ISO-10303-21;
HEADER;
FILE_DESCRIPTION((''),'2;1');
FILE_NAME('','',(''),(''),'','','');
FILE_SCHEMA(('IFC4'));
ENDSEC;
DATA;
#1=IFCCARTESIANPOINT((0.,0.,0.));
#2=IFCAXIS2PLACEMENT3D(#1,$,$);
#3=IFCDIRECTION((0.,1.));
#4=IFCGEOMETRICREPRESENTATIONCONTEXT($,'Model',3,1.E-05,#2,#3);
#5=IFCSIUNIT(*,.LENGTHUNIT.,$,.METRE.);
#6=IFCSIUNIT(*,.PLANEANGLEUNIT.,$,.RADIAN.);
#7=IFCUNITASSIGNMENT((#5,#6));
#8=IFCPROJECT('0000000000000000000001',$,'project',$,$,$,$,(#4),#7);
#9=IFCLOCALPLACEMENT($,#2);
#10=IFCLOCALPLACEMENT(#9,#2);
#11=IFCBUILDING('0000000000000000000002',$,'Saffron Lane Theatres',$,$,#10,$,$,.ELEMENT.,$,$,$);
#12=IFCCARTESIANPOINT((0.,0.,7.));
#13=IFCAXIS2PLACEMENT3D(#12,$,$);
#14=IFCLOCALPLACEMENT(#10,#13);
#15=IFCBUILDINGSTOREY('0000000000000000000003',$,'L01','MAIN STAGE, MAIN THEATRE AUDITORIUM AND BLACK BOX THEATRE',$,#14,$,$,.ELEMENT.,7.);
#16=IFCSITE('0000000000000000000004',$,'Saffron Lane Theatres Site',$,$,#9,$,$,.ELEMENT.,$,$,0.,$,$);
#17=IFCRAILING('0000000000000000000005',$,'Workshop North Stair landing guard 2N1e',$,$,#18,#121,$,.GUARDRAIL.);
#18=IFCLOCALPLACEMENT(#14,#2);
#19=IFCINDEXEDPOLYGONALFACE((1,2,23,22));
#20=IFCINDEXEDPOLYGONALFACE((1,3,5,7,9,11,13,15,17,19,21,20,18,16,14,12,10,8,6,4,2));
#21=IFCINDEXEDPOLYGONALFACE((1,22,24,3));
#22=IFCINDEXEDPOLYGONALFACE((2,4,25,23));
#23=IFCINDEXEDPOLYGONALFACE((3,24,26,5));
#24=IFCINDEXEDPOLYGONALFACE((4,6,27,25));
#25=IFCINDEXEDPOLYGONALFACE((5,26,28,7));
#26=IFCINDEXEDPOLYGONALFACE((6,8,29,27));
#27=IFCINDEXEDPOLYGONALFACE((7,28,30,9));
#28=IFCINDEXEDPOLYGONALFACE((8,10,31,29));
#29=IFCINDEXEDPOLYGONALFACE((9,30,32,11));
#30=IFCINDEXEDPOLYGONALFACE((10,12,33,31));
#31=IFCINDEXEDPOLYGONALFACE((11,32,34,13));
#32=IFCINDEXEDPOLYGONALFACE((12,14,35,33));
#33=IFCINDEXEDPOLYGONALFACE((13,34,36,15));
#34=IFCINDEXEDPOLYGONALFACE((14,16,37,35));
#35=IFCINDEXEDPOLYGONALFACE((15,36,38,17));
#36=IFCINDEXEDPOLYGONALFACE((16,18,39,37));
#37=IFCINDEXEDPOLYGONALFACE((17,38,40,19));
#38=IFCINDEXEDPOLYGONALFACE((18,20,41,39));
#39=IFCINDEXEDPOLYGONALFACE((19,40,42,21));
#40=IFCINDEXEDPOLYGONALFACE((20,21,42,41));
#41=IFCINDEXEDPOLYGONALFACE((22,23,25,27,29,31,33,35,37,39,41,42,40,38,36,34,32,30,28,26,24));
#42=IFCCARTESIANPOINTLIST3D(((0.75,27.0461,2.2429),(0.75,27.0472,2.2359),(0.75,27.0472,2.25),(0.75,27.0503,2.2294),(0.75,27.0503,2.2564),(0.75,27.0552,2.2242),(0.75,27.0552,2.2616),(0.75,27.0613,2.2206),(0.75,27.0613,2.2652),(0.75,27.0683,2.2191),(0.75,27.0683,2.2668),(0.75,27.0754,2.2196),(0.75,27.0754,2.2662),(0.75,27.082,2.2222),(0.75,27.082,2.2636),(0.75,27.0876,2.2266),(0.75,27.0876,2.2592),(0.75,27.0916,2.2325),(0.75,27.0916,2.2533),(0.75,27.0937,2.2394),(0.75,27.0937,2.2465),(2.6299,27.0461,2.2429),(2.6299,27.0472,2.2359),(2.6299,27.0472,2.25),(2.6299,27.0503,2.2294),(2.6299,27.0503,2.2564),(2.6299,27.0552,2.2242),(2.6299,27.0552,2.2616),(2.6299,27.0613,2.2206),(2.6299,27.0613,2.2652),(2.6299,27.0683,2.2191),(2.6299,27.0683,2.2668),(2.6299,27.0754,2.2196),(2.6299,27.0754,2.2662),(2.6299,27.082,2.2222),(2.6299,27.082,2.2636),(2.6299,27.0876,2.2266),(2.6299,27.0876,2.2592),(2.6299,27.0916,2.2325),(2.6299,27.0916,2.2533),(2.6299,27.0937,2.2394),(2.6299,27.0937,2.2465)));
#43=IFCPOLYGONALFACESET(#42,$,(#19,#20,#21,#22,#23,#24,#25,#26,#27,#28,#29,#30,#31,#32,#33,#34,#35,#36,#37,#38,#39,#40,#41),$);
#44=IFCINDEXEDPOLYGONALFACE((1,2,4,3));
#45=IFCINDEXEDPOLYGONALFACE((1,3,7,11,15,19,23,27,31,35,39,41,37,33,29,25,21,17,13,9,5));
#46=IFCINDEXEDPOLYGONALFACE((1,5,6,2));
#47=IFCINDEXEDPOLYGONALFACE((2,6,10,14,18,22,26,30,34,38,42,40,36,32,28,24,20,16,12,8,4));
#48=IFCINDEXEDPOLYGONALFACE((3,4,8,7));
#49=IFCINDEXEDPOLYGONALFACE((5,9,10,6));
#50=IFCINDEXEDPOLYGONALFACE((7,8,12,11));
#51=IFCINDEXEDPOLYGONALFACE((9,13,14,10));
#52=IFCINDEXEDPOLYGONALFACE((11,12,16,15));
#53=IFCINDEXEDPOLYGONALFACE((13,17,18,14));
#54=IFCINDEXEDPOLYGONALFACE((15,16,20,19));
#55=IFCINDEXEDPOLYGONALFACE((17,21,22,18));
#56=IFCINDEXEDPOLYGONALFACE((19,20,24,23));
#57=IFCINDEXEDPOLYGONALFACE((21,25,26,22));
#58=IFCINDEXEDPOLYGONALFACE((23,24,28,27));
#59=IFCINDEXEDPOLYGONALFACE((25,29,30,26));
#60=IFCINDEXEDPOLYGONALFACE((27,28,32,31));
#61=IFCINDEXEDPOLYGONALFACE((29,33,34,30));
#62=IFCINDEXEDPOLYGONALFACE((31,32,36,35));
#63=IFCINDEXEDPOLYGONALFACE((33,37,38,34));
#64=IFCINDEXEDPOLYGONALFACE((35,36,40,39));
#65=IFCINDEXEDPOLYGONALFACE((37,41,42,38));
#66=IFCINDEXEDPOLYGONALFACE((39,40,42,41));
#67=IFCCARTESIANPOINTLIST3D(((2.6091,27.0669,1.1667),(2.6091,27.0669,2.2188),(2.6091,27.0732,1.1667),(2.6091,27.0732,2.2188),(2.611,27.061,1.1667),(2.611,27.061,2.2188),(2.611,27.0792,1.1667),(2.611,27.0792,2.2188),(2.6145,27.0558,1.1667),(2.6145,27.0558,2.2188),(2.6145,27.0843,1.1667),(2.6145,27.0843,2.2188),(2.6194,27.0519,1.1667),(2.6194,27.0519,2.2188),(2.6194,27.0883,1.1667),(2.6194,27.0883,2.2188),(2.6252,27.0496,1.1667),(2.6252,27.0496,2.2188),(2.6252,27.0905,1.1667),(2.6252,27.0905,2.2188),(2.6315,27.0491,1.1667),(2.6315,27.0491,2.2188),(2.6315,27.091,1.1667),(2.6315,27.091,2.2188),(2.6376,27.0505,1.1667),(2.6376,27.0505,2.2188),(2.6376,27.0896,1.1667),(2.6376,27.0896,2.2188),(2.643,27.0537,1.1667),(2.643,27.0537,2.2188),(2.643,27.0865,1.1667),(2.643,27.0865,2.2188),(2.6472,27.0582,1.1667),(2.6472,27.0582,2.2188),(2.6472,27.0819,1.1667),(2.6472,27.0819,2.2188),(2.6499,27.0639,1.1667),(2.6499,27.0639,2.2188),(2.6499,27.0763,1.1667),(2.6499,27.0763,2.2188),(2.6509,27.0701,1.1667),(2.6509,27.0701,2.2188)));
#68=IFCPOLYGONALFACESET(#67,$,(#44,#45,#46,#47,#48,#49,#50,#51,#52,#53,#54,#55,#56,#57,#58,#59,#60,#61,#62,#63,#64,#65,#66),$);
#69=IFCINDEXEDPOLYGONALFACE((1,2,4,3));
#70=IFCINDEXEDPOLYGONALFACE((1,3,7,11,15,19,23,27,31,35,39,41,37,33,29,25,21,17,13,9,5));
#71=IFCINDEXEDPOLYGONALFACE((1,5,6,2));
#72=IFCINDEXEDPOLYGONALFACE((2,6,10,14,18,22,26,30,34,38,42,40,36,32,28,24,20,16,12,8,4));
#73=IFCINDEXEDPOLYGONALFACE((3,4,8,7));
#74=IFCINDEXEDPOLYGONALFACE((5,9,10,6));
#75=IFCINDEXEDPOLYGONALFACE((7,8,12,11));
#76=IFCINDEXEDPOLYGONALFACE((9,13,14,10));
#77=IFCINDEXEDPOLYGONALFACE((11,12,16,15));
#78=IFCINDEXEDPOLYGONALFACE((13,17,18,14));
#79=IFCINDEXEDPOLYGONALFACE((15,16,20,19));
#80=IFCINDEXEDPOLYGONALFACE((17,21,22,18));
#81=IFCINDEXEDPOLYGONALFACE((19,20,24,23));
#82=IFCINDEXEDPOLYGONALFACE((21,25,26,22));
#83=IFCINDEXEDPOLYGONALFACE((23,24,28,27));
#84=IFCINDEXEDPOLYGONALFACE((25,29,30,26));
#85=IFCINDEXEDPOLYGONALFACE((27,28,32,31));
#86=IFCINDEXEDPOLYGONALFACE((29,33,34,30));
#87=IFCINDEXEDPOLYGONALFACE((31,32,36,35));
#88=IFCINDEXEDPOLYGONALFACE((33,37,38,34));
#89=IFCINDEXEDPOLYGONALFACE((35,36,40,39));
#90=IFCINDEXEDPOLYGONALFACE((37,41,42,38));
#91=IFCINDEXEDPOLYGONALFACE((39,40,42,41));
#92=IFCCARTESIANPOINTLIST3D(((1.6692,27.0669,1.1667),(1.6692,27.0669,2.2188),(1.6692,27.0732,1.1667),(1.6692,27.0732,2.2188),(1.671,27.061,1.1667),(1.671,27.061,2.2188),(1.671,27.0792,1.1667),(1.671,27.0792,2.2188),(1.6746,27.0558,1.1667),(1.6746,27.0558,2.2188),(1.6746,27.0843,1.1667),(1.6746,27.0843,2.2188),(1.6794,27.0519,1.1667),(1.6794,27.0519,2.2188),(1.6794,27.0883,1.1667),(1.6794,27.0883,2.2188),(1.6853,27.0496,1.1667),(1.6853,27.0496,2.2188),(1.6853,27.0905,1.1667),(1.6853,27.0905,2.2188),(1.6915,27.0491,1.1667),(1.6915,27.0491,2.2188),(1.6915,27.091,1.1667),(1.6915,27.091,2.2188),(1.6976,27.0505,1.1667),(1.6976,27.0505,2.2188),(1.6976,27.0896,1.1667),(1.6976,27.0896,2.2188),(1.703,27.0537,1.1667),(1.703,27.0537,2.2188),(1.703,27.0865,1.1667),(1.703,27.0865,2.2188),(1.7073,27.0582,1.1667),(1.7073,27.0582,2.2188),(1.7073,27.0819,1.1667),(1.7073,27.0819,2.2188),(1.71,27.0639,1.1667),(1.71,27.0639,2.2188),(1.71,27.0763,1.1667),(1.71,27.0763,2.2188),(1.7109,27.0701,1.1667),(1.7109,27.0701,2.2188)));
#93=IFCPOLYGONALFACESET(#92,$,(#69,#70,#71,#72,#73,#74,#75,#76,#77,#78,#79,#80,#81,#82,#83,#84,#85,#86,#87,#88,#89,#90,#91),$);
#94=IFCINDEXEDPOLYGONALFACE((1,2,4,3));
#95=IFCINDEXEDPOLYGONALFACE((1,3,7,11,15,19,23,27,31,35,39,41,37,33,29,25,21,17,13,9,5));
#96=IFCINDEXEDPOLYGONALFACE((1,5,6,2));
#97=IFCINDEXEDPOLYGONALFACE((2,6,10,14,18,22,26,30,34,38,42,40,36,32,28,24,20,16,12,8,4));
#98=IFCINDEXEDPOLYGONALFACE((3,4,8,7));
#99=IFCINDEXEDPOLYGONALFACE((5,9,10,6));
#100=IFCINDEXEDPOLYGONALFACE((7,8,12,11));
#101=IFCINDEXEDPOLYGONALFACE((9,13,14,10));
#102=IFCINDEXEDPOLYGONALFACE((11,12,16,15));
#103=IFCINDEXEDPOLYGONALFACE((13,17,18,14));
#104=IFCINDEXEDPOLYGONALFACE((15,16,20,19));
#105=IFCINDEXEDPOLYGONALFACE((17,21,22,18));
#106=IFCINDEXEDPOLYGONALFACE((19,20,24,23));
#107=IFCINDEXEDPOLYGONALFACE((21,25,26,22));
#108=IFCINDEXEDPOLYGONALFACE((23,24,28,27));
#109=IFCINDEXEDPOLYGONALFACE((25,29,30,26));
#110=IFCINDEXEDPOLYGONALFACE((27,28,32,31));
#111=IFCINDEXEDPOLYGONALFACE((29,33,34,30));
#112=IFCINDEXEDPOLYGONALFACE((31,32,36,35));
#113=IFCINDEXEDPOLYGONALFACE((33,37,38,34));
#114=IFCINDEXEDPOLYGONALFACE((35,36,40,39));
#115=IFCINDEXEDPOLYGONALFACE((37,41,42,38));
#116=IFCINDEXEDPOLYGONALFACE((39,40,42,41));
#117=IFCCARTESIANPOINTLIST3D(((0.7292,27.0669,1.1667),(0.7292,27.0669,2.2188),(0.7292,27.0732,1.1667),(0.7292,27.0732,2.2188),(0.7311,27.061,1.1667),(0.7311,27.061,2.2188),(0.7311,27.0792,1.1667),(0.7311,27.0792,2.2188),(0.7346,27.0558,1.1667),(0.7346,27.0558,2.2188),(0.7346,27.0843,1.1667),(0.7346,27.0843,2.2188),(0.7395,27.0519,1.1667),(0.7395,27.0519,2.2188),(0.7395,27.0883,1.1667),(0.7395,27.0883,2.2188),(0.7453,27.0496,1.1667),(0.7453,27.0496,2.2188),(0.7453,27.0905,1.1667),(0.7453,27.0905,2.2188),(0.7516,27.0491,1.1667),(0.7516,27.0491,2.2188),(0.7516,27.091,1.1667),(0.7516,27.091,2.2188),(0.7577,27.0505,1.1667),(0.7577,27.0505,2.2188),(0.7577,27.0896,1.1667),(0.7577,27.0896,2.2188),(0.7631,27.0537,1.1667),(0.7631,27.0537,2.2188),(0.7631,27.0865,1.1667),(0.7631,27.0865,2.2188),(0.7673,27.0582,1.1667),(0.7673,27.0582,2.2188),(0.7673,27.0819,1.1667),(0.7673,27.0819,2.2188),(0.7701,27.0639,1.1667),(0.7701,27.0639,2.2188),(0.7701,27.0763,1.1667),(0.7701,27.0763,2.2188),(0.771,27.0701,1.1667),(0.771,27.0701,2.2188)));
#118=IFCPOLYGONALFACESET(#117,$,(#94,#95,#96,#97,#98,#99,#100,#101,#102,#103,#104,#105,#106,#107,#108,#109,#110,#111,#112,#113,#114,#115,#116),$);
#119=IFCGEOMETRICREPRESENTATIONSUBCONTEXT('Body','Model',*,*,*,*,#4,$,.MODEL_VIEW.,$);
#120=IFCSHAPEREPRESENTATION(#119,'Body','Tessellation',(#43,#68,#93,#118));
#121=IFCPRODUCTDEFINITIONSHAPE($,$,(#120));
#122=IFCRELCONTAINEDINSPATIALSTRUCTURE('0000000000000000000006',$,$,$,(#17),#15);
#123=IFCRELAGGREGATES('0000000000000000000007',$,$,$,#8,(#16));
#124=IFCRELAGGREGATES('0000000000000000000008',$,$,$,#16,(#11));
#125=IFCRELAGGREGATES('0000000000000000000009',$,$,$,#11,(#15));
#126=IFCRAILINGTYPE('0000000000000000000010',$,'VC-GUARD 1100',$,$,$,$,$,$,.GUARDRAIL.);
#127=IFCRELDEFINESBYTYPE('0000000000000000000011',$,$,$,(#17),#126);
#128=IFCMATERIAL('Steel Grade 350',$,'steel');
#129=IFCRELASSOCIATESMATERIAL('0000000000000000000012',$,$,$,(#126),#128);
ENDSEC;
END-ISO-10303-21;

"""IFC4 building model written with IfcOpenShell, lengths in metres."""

from ifc_helpers import new_model, si_unit, direction, frame, origin, origin_2d, place, context, subcontext, project, spatial, circle, extrude, material, type_object, element, save


model = new_model("IFC4")

# Units and contexts
model_context = context("Model", 3, precision=1e-05, world=origin(), true_north=direction((0.0, 1.0)))
body_context = subcontext(model_context, "Body", "Model", "MODEL_VIEW")
ifc_project = project(units=[si_unit("LENGTHUNIT", "METRE"), si_unit("PLANEANGLEUNIT", "RADIAN")], contexts=[model_context])

# Site, building, storey
site_placement = place(None, origin())
site = spatial("IfcSite", under=ifc_project, at=site_placement, Name="Saffron Lane Theatres Site", CompositionType="ELEMENT", RefElevation=0.0)
building_placement = place(site_placement, origin())
building = spatial("IfcBuilding", under=site, at=building_placement, Name="Saffron Lane Theatres", CompositionType="ELEMENT")
storey_placement = place(building_placement, frame((0.0, 0.0, 7.0)))
storey = spatial("IfcBuildingStorey", under=building, at=storey_placement, Name="L01", Description="MAIN STAGE, MAIN THEATRE AUDITORIUM AND BLACK BOX THEATRE", CompositionType="ELEMENT", Elevation=7.0)

# Railing
ifc_material_1 = material(Name="Steel Grade 350", Category="steel")
railing_type_1 = type_object("IfcRailingType", Name="VC-GUARD 1100", PredefinedType="GUARDRAIL", material=ifc_material_1)
railing_1_placement = place(storey_placement, frame((2.6299, 27.0701, 1.1667)))
element("IfcRailing", 1, at=railing_1_placement, inside=storey, type_object=railing_type_1, Name="Workshop North Stair landing guard 2N1e", PredefinedType="GUARDRAIL", context=body_context, shape_type="SweptSolid", body=[
    extrude(circle(Radius=0.0239, at=origin_2d()), frame((0.0, 0.0, 1.0762), z_axis=(-1.0, 0.0, 0.0), x_axis=(0.0, -1.0, 0.0)), (0.0, 0.0, 1.0), 1.8799),
    extrude(circle(Radius=0.021, at=origin_2d()), origin(), (0.0, 0.0, 1.0), 1.052),
    extrude(circle(Radius=0.021, at=origin_2d()), frame((-0.9399, 0.0, 0.0)), (0.0, 0.0, 1.0), 1.052),
    extrude(circle(Radius=0.021, at=origin_2d()), frame((-1.8799, 0.0, 0.0)), (0.0, 0.0, 1.0), 1.052),
])

save(model, "model.ifc")
